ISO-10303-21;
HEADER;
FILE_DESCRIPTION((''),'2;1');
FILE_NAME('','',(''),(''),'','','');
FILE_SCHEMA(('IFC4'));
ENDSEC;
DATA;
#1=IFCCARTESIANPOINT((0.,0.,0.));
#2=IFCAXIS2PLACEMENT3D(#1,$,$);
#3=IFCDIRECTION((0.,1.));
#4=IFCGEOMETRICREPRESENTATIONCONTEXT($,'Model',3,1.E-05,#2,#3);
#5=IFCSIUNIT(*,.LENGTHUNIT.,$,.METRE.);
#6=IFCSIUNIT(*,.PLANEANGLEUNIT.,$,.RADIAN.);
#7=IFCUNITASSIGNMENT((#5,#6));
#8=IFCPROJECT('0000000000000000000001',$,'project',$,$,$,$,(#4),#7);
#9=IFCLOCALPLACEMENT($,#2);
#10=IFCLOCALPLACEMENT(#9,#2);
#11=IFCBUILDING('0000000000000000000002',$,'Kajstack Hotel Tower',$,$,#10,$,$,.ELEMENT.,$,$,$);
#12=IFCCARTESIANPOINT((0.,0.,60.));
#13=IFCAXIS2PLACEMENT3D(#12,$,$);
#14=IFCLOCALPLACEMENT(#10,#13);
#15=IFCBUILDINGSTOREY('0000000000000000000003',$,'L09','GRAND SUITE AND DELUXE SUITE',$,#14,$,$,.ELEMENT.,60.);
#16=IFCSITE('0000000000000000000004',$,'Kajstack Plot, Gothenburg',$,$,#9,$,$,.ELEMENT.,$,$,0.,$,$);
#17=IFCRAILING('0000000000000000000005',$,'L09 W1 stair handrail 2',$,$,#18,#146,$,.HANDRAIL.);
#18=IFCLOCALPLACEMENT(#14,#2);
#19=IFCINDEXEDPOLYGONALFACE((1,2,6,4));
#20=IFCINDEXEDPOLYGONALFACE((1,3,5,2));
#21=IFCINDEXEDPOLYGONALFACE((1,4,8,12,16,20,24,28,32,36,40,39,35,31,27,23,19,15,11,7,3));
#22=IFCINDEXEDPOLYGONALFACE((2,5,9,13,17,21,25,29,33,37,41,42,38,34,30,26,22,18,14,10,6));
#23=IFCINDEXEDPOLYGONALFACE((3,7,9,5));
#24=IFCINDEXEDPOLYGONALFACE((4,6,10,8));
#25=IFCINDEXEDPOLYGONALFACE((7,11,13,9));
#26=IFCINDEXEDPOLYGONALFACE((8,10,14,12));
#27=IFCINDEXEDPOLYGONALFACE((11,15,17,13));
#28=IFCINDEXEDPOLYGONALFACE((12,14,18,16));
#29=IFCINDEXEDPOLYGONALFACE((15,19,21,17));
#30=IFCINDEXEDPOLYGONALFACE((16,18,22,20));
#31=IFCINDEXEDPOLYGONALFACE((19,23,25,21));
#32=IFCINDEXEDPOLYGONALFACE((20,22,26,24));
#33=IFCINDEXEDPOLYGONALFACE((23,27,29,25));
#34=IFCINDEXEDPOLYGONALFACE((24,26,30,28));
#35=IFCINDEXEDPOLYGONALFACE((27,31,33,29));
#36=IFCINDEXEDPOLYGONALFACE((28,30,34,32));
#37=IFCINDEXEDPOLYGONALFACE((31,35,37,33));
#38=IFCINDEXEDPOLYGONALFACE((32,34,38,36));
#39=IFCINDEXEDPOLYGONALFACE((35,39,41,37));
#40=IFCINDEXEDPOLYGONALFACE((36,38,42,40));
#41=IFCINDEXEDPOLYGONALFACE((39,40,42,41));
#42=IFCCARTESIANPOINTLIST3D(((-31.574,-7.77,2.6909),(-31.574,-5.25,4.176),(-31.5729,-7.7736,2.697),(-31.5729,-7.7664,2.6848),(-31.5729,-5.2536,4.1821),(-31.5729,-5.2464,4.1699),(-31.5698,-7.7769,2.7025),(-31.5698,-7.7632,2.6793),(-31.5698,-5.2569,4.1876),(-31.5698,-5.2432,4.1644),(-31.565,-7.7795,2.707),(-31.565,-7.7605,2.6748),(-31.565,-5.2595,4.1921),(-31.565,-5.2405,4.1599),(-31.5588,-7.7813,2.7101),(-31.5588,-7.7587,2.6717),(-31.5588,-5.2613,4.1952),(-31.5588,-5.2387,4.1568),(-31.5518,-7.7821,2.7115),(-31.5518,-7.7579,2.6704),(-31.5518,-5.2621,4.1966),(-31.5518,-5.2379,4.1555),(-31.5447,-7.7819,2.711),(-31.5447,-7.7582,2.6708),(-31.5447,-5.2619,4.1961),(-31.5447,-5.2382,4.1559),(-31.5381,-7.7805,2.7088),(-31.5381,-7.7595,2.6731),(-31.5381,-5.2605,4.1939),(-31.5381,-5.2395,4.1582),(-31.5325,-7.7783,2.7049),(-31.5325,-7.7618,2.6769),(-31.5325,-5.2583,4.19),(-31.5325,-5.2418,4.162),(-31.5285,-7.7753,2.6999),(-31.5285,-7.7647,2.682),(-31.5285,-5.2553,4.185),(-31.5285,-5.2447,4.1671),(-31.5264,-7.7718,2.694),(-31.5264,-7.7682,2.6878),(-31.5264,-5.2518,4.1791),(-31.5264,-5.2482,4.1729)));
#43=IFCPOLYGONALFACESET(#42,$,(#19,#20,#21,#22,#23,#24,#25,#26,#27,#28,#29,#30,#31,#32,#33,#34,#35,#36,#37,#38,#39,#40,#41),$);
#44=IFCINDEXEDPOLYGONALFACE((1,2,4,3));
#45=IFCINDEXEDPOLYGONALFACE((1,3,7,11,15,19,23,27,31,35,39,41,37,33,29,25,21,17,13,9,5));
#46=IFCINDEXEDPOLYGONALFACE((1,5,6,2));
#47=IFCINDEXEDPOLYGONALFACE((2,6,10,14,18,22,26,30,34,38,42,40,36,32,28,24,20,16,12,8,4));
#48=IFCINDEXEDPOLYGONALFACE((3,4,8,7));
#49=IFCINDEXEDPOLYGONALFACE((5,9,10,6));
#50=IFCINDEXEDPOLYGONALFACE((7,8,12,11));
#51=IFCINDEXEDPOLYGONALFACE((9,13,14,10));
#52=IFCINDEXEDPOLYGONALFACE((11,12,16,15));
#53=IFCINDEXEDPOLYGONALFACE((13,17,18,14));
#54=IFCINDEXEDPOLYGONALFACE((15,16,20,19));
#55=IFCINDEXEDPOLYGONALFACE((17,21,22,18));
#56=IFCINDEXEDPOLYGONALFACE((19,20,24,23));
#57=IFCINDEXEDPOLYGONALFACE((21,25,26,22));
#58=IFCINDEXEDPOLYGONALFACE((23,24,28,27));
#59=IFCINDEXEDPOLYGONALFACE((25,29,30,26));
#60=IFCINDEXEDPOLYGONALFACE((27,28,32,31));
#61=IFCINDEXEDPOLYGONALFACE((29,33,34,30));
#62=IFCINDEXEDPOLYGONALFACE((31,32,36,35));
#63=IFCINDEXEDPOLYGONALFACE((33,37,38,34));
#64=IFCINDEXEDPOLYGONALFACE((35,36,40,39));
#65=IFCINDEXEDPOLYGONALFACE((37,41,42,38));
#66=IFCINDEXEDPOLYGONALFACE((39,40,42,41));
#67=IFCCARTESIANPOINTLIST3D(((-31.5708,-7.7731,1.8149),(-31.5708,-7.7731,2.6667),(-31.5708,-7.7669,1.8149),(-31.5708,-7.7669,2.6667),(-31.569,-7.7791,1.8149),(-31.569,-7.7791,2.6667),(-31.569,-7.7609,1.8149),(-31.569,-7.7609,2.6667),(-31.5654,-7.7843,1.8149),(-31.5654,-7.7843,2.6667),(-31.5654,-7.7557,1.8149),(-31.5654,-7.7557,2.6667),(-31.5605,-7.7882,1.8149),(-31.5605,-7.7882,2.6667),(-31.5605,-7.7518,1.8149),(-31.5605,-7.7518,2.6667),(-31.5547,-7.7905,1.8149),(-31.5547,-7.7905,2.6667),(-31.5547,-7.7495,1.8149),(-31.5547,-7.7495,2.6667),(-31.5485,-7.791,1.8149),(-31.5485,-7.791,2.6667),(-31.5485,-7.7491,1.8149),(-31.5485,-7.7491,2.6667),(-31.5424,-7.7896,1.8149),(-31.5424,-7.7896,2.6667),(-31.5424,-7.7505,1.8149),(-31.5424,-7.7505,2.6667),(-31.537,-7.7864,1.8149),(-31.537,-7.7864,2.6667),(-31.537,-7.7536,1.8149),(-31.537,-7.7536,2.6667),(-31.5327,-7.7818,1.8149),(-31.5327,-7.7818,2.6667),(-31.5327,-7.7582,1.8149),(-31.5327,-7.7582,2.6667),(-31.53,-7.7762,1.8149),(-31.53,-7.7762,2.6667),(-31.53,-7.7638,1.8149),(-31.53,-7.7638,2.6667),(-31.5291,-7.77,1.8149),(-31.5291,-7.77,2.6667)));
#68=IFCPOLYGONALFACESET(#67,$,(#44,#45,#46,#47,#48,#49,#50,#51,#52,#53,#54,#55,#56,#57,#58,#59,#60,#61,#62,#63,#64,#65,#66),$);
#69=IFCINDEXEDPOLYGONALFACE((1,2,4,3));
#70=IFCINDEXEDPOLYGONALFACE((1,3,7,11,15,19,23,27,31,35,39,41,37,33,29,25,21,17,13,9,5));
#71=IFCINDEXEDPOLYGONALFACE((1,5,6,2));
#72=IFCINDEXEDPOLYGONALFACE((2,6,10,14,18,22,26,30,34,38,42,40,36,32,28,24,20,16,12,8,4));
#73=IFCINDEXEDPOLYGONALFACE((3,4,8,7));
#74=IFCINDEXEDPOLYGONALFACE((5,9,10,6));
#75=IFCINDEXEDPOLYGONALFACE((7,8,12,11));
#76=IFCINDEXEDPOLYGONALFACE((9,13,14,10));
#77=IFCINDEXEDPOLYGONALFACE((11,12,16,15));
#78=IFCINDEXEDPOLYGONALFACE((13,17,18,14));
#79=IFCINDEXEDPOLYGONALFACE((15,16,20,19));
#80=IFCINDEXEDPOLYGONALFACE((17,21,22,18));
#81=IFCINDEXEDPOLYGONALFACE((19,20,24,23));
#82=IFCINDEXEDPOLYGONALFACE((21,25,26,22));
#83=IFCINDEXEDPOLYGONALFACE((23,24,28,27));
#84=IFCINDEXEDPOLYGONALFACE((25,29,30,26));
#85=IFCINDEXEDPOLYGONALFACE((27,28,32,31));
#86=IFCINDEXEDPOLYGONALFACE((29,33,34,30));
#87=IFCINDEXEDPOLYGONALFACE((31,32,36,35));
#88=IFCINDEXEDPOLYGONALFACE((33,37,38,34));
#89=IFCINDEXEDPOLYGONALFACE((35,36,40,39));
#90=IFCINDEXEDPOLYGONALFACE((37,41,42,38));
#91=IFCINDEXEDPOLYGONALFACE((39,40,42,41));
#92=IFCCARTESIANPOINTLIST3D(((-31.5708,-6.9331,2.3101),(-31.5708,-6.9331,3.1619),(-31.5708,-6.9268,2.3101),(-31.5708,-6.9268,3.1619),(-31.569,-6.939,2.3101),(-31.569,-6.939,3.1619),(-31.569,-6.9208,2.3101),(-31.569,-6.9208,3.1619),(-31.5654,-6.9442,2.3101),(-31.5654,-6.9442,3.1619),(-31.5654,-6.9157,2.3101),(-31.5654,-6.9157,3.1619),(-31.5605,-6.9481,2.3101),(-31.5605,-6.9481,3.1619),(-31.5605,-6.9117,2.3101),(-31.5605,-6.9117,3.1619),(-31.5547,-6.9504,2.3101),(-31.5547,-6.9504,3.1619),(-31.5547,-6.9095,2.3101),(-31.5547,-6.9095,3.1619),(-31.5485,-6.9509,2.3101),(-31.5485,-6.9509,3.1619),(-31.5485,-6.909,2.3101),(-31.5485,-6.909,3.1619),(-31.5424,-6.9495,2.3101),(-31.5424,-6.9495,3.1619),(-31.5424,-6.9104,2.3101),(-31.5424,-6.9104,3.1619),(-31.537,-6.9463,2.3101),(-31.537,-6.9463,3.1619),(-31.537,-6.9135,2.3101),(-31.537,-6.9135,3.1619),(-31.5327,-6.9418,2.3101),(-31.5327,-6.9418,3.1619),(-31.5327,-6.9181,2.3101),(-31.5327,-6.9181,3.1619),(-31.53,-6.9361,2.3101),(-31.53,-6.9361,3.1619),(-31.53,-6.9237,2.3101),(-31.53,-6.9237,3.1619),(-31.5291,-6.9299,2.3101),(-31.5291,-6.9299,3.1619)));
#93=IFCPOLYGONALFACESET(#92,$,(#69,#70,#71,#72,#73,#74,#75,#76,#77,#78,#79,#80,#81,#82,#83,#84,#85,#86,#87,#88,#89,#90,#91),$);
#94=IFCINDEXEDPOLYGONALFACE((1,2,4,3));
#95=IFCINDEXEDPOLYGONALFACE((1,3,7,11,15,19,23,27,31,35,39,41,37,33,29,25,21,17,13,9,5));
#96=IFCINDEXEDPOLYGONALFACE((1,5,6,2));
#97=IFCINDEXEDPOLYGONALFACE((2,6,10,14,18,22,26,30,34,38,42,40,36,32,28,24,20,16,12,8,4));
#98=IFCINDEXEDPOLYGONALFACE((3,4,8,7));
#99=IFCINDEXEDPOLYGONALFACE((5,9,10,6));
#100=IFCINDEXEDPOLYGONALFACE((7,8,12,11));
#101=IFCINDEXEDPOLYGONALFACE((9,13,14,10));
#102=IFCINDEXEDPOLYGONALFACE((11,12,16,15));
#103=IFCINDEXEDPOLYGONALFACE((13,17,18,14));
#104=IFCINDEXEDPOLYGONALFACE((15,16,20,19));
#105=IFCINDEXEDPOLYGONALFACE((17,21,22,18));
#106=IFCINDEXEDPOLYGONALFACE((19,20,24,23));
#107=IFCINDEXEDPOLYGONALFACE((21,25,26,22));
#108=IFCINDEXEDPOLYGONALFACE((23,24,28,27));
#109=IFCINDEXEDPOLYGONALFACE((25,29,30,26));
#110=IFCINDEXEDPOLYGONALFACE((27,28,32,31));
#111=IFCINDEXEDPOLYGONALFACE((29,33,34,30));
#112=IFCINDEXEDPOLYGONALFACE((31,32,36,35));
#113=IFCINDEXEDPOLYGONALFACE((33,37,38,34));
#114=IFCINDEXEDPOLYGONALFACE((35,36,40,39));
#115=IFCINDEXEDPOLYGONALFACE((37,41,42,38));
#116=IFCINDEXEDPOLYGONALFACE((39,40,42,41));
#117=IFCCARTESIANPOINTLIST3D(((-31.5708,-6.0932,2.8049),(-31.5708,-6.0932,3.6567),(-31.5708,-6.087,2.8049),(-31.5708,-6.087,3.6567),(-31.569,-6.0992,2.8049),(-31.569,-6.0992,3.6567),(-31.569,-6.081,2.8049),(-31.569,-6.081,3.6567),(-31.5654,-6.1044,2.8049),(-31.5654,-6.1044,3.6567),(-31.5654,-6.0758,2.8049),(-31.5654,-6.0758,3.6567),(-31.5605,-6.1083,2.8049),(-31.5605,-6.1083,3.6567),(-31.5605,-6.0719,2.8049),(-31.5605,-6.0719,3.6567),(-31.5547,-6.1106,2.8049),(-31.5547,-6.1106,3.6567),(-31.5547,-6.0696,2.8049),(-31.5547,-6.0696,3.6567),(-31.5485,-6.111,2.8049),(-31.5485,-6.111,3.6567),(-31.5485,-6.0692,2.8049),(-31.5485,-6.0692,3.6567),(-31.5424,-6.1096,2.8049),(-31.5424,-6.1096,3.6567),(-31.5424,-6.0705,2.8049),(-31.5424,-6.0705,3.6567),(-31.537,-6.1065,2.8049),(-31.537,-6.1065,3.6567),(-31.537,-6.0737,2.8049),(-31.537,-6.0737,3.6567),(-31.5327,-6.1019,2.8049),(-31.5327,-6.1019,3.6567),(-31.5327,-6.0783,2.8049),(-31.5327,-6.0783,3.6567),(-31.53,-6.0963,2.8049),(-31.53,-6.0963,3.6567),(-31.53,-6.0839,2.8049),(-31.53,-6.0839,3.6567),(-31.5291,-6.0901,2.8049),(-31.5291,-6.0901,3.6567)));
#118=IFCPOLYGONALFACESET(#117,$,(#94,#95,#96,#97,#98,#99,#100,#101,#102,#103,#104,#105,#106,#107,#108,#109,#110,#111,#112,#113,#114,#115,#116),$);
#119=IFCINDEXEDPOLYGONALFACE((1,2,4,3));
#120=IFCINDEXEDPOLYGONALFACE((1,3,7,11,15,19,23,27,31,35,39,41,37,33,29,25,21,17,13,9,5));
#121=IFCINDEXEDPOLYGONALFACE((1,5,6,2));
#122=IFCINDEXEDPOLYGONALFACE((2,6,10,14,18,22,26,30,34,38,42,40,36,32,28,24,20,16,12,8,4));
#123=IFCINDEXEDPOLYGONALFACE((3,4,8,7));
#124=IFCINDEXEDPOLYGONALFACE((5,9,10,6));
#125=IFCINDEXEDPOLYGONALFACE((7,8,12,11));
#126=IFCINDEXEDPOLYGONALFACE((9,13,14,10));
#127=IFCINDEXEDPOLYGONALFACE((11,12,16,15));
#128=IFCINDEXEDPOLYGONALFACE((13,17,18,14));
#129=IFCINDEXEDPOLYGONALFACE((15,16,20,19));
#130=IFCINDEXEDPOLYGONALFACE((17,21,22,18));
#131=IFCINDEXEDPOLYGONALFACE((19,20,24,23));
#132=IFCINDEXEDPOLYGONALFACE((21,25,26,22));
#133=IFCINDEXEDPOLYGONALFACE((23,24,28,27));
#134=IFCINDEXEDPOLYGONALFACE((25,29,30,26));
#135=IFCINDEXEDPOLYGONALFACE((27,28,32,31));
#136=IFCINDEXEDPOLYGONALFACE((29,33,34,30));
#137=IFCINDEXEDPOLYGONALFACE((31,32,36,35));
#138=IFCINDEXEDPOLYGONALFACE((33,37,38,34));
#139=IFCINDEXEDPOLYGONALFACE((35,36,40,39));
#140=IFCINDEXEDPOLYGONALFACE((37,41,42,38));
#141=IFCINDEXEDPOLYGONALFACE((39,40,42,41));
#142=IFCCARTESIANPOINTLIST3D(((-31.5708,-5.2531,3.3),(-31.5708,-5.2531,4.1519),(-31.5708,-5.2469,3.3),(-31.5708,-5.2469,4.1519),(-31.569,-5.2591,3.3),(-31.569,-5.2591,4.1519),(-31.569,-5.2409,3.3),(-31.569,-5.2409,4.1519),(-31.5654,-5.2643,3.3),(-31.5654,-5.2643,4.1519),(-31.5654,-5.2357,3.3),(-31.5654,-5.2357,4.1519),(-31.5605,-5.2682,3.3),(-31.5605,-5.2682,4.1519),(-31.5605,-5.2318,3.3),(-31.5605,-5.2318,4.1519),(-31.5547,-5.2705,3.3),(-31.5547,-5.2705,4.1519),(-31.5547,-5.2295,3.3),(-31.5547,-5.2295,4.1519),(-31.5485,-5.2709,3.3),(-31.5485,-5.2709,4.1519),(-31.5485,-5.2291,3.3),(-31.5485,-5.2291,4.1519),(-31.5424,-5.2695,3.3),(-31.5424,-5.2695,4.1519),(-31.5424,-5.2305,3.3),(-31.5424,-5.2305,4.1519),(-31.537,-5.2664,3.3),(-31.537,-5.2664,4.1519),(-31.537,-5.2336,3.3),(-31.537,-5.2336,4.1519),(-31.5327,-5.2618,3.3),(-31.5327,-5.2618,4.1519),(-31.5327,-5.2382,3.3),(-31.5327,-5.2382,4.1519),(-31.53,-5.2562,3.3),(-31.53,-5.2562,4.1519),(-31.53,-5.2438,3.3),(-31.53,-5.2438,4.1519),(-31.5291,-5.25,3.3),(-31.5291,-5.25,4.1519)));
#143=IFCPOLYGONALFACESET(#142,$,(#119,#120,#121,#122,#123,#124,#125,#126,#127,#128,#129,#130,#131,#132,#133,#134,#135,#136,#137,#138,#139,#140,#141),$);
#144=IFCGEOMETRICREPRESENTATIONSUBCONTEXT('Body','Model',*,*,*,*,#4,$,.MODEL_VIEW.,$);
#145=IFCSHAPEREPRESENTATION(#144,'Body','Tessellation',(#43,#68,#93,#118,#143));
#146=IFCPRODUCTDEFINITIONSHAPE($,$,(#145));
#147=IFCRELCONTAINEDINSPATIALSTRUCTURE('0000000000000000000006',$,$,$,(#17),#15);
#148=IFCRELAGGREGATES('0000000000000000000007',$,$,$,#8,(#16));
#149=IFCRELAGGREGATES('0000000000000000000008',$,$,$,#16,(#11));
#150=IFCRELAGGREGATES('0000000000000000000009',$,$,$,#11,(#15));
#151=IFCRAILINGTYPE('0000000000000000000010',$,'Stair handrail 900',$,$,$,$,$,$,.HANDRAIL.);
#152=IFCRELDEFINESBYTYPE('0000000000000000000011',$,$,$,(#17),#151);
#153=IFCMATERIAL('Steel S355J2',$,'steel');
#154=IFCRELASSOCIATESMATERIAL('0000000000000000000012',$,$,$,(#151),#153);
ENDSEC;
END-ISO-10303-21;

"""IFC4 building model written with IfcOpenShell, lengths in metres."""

from ifc_helpers import new_model, si_unit, direction, frame, origin, origin_2d, place, context, subcontext, project, spatial, circle, extrude, material, type_object, element, save


model = new_model("IFC4")

# Units and contexts
model_context = context("Model", 3, precision=1e-05, world=origin(), true_north=direction((0.0, 1.0)))
body_context = subcontext(model_context, "Body", "Model", "MODEL_VIEW")
ifc_project = project(units=[si_unit("LENGTHUNIT", "METRE"), si_unit("PLANEANGLEUNIT", "RADIAN")], contexts=[model_context])

# Site, building, storey
site_placement = place(None, origin())
site = spatial("IfcSite", under=ifc_project, at=site_placement, Name="Kajstack Plot, Gothenburg", CompositionType="ELEMENT", RefElevation=0.0)
building_placement = place(site_placement, origin())
building = spatial("IfcBuilding", under=site, at=building_placement, Name="Kajstack Hotel Tower", CompositionType="ELEMENT")
storey_placement = place(building_placement, frame((0.0, 0.0, 60.0)))
storey = spatial("IfcBuildingStorey", under=building, at=storey_placement, Name="L09", Description="GRAND SUITE AND DELUXE SUITE", CompositionType="ELEMENT", Elevation=60.0)

# Railing
ifc_material_1 = material(Name="Steel S355J2", Category="steel")
railing_type = type_object("IfcRailingType", Name="Stair handrail 900", PredefinedType="HANDRAIL", material=ifc_material_1)
railing_1_placement = place(storey_placement, frame((-31.55, -7.77, 1.8149)))
element("IfcRailing", 1, at=railing_1_placement, inside=storey, type_object=railing_type, Name="L09 W1 stair handrail 2", PredefinedType="HANDRAIL", context=body_context, shape_type="SweptSolid", body=[
    extrude(circle(Radius=0.0239, at=origin_2d()), frame((0.0, 0.0, 0.876), z_axis=(0.0, 0.861524, 0.507717), x_axis=(-1.0, 0.0, 0.0)), (0.0, 0.0, 1.0), 2.925),
    extrude(circle(Radius=0.021, at=origin_2d()), origin(), (0.0, 0.0, 1.0), 0.8518),
    extrude(circle(Radius=0.021, at=origin_2d()), frame((0.0, 0.8401, 0.4951)), (0.0, 0.0, 1.0), 0.8518),
    extrude(circle(Radius=0.021, at=origin_2d()), frame((0.0, 1.6799, 0.99)), (0.0, 0.0, 1.0), 0.8518),
    extrude(circle(Radius=0.021, at=origin_2d()), frame((0.0, 2.52, 1.4851)), (0.0, 0.0, 1.0), 0.8518),
])

save(model, "model.ifc")
